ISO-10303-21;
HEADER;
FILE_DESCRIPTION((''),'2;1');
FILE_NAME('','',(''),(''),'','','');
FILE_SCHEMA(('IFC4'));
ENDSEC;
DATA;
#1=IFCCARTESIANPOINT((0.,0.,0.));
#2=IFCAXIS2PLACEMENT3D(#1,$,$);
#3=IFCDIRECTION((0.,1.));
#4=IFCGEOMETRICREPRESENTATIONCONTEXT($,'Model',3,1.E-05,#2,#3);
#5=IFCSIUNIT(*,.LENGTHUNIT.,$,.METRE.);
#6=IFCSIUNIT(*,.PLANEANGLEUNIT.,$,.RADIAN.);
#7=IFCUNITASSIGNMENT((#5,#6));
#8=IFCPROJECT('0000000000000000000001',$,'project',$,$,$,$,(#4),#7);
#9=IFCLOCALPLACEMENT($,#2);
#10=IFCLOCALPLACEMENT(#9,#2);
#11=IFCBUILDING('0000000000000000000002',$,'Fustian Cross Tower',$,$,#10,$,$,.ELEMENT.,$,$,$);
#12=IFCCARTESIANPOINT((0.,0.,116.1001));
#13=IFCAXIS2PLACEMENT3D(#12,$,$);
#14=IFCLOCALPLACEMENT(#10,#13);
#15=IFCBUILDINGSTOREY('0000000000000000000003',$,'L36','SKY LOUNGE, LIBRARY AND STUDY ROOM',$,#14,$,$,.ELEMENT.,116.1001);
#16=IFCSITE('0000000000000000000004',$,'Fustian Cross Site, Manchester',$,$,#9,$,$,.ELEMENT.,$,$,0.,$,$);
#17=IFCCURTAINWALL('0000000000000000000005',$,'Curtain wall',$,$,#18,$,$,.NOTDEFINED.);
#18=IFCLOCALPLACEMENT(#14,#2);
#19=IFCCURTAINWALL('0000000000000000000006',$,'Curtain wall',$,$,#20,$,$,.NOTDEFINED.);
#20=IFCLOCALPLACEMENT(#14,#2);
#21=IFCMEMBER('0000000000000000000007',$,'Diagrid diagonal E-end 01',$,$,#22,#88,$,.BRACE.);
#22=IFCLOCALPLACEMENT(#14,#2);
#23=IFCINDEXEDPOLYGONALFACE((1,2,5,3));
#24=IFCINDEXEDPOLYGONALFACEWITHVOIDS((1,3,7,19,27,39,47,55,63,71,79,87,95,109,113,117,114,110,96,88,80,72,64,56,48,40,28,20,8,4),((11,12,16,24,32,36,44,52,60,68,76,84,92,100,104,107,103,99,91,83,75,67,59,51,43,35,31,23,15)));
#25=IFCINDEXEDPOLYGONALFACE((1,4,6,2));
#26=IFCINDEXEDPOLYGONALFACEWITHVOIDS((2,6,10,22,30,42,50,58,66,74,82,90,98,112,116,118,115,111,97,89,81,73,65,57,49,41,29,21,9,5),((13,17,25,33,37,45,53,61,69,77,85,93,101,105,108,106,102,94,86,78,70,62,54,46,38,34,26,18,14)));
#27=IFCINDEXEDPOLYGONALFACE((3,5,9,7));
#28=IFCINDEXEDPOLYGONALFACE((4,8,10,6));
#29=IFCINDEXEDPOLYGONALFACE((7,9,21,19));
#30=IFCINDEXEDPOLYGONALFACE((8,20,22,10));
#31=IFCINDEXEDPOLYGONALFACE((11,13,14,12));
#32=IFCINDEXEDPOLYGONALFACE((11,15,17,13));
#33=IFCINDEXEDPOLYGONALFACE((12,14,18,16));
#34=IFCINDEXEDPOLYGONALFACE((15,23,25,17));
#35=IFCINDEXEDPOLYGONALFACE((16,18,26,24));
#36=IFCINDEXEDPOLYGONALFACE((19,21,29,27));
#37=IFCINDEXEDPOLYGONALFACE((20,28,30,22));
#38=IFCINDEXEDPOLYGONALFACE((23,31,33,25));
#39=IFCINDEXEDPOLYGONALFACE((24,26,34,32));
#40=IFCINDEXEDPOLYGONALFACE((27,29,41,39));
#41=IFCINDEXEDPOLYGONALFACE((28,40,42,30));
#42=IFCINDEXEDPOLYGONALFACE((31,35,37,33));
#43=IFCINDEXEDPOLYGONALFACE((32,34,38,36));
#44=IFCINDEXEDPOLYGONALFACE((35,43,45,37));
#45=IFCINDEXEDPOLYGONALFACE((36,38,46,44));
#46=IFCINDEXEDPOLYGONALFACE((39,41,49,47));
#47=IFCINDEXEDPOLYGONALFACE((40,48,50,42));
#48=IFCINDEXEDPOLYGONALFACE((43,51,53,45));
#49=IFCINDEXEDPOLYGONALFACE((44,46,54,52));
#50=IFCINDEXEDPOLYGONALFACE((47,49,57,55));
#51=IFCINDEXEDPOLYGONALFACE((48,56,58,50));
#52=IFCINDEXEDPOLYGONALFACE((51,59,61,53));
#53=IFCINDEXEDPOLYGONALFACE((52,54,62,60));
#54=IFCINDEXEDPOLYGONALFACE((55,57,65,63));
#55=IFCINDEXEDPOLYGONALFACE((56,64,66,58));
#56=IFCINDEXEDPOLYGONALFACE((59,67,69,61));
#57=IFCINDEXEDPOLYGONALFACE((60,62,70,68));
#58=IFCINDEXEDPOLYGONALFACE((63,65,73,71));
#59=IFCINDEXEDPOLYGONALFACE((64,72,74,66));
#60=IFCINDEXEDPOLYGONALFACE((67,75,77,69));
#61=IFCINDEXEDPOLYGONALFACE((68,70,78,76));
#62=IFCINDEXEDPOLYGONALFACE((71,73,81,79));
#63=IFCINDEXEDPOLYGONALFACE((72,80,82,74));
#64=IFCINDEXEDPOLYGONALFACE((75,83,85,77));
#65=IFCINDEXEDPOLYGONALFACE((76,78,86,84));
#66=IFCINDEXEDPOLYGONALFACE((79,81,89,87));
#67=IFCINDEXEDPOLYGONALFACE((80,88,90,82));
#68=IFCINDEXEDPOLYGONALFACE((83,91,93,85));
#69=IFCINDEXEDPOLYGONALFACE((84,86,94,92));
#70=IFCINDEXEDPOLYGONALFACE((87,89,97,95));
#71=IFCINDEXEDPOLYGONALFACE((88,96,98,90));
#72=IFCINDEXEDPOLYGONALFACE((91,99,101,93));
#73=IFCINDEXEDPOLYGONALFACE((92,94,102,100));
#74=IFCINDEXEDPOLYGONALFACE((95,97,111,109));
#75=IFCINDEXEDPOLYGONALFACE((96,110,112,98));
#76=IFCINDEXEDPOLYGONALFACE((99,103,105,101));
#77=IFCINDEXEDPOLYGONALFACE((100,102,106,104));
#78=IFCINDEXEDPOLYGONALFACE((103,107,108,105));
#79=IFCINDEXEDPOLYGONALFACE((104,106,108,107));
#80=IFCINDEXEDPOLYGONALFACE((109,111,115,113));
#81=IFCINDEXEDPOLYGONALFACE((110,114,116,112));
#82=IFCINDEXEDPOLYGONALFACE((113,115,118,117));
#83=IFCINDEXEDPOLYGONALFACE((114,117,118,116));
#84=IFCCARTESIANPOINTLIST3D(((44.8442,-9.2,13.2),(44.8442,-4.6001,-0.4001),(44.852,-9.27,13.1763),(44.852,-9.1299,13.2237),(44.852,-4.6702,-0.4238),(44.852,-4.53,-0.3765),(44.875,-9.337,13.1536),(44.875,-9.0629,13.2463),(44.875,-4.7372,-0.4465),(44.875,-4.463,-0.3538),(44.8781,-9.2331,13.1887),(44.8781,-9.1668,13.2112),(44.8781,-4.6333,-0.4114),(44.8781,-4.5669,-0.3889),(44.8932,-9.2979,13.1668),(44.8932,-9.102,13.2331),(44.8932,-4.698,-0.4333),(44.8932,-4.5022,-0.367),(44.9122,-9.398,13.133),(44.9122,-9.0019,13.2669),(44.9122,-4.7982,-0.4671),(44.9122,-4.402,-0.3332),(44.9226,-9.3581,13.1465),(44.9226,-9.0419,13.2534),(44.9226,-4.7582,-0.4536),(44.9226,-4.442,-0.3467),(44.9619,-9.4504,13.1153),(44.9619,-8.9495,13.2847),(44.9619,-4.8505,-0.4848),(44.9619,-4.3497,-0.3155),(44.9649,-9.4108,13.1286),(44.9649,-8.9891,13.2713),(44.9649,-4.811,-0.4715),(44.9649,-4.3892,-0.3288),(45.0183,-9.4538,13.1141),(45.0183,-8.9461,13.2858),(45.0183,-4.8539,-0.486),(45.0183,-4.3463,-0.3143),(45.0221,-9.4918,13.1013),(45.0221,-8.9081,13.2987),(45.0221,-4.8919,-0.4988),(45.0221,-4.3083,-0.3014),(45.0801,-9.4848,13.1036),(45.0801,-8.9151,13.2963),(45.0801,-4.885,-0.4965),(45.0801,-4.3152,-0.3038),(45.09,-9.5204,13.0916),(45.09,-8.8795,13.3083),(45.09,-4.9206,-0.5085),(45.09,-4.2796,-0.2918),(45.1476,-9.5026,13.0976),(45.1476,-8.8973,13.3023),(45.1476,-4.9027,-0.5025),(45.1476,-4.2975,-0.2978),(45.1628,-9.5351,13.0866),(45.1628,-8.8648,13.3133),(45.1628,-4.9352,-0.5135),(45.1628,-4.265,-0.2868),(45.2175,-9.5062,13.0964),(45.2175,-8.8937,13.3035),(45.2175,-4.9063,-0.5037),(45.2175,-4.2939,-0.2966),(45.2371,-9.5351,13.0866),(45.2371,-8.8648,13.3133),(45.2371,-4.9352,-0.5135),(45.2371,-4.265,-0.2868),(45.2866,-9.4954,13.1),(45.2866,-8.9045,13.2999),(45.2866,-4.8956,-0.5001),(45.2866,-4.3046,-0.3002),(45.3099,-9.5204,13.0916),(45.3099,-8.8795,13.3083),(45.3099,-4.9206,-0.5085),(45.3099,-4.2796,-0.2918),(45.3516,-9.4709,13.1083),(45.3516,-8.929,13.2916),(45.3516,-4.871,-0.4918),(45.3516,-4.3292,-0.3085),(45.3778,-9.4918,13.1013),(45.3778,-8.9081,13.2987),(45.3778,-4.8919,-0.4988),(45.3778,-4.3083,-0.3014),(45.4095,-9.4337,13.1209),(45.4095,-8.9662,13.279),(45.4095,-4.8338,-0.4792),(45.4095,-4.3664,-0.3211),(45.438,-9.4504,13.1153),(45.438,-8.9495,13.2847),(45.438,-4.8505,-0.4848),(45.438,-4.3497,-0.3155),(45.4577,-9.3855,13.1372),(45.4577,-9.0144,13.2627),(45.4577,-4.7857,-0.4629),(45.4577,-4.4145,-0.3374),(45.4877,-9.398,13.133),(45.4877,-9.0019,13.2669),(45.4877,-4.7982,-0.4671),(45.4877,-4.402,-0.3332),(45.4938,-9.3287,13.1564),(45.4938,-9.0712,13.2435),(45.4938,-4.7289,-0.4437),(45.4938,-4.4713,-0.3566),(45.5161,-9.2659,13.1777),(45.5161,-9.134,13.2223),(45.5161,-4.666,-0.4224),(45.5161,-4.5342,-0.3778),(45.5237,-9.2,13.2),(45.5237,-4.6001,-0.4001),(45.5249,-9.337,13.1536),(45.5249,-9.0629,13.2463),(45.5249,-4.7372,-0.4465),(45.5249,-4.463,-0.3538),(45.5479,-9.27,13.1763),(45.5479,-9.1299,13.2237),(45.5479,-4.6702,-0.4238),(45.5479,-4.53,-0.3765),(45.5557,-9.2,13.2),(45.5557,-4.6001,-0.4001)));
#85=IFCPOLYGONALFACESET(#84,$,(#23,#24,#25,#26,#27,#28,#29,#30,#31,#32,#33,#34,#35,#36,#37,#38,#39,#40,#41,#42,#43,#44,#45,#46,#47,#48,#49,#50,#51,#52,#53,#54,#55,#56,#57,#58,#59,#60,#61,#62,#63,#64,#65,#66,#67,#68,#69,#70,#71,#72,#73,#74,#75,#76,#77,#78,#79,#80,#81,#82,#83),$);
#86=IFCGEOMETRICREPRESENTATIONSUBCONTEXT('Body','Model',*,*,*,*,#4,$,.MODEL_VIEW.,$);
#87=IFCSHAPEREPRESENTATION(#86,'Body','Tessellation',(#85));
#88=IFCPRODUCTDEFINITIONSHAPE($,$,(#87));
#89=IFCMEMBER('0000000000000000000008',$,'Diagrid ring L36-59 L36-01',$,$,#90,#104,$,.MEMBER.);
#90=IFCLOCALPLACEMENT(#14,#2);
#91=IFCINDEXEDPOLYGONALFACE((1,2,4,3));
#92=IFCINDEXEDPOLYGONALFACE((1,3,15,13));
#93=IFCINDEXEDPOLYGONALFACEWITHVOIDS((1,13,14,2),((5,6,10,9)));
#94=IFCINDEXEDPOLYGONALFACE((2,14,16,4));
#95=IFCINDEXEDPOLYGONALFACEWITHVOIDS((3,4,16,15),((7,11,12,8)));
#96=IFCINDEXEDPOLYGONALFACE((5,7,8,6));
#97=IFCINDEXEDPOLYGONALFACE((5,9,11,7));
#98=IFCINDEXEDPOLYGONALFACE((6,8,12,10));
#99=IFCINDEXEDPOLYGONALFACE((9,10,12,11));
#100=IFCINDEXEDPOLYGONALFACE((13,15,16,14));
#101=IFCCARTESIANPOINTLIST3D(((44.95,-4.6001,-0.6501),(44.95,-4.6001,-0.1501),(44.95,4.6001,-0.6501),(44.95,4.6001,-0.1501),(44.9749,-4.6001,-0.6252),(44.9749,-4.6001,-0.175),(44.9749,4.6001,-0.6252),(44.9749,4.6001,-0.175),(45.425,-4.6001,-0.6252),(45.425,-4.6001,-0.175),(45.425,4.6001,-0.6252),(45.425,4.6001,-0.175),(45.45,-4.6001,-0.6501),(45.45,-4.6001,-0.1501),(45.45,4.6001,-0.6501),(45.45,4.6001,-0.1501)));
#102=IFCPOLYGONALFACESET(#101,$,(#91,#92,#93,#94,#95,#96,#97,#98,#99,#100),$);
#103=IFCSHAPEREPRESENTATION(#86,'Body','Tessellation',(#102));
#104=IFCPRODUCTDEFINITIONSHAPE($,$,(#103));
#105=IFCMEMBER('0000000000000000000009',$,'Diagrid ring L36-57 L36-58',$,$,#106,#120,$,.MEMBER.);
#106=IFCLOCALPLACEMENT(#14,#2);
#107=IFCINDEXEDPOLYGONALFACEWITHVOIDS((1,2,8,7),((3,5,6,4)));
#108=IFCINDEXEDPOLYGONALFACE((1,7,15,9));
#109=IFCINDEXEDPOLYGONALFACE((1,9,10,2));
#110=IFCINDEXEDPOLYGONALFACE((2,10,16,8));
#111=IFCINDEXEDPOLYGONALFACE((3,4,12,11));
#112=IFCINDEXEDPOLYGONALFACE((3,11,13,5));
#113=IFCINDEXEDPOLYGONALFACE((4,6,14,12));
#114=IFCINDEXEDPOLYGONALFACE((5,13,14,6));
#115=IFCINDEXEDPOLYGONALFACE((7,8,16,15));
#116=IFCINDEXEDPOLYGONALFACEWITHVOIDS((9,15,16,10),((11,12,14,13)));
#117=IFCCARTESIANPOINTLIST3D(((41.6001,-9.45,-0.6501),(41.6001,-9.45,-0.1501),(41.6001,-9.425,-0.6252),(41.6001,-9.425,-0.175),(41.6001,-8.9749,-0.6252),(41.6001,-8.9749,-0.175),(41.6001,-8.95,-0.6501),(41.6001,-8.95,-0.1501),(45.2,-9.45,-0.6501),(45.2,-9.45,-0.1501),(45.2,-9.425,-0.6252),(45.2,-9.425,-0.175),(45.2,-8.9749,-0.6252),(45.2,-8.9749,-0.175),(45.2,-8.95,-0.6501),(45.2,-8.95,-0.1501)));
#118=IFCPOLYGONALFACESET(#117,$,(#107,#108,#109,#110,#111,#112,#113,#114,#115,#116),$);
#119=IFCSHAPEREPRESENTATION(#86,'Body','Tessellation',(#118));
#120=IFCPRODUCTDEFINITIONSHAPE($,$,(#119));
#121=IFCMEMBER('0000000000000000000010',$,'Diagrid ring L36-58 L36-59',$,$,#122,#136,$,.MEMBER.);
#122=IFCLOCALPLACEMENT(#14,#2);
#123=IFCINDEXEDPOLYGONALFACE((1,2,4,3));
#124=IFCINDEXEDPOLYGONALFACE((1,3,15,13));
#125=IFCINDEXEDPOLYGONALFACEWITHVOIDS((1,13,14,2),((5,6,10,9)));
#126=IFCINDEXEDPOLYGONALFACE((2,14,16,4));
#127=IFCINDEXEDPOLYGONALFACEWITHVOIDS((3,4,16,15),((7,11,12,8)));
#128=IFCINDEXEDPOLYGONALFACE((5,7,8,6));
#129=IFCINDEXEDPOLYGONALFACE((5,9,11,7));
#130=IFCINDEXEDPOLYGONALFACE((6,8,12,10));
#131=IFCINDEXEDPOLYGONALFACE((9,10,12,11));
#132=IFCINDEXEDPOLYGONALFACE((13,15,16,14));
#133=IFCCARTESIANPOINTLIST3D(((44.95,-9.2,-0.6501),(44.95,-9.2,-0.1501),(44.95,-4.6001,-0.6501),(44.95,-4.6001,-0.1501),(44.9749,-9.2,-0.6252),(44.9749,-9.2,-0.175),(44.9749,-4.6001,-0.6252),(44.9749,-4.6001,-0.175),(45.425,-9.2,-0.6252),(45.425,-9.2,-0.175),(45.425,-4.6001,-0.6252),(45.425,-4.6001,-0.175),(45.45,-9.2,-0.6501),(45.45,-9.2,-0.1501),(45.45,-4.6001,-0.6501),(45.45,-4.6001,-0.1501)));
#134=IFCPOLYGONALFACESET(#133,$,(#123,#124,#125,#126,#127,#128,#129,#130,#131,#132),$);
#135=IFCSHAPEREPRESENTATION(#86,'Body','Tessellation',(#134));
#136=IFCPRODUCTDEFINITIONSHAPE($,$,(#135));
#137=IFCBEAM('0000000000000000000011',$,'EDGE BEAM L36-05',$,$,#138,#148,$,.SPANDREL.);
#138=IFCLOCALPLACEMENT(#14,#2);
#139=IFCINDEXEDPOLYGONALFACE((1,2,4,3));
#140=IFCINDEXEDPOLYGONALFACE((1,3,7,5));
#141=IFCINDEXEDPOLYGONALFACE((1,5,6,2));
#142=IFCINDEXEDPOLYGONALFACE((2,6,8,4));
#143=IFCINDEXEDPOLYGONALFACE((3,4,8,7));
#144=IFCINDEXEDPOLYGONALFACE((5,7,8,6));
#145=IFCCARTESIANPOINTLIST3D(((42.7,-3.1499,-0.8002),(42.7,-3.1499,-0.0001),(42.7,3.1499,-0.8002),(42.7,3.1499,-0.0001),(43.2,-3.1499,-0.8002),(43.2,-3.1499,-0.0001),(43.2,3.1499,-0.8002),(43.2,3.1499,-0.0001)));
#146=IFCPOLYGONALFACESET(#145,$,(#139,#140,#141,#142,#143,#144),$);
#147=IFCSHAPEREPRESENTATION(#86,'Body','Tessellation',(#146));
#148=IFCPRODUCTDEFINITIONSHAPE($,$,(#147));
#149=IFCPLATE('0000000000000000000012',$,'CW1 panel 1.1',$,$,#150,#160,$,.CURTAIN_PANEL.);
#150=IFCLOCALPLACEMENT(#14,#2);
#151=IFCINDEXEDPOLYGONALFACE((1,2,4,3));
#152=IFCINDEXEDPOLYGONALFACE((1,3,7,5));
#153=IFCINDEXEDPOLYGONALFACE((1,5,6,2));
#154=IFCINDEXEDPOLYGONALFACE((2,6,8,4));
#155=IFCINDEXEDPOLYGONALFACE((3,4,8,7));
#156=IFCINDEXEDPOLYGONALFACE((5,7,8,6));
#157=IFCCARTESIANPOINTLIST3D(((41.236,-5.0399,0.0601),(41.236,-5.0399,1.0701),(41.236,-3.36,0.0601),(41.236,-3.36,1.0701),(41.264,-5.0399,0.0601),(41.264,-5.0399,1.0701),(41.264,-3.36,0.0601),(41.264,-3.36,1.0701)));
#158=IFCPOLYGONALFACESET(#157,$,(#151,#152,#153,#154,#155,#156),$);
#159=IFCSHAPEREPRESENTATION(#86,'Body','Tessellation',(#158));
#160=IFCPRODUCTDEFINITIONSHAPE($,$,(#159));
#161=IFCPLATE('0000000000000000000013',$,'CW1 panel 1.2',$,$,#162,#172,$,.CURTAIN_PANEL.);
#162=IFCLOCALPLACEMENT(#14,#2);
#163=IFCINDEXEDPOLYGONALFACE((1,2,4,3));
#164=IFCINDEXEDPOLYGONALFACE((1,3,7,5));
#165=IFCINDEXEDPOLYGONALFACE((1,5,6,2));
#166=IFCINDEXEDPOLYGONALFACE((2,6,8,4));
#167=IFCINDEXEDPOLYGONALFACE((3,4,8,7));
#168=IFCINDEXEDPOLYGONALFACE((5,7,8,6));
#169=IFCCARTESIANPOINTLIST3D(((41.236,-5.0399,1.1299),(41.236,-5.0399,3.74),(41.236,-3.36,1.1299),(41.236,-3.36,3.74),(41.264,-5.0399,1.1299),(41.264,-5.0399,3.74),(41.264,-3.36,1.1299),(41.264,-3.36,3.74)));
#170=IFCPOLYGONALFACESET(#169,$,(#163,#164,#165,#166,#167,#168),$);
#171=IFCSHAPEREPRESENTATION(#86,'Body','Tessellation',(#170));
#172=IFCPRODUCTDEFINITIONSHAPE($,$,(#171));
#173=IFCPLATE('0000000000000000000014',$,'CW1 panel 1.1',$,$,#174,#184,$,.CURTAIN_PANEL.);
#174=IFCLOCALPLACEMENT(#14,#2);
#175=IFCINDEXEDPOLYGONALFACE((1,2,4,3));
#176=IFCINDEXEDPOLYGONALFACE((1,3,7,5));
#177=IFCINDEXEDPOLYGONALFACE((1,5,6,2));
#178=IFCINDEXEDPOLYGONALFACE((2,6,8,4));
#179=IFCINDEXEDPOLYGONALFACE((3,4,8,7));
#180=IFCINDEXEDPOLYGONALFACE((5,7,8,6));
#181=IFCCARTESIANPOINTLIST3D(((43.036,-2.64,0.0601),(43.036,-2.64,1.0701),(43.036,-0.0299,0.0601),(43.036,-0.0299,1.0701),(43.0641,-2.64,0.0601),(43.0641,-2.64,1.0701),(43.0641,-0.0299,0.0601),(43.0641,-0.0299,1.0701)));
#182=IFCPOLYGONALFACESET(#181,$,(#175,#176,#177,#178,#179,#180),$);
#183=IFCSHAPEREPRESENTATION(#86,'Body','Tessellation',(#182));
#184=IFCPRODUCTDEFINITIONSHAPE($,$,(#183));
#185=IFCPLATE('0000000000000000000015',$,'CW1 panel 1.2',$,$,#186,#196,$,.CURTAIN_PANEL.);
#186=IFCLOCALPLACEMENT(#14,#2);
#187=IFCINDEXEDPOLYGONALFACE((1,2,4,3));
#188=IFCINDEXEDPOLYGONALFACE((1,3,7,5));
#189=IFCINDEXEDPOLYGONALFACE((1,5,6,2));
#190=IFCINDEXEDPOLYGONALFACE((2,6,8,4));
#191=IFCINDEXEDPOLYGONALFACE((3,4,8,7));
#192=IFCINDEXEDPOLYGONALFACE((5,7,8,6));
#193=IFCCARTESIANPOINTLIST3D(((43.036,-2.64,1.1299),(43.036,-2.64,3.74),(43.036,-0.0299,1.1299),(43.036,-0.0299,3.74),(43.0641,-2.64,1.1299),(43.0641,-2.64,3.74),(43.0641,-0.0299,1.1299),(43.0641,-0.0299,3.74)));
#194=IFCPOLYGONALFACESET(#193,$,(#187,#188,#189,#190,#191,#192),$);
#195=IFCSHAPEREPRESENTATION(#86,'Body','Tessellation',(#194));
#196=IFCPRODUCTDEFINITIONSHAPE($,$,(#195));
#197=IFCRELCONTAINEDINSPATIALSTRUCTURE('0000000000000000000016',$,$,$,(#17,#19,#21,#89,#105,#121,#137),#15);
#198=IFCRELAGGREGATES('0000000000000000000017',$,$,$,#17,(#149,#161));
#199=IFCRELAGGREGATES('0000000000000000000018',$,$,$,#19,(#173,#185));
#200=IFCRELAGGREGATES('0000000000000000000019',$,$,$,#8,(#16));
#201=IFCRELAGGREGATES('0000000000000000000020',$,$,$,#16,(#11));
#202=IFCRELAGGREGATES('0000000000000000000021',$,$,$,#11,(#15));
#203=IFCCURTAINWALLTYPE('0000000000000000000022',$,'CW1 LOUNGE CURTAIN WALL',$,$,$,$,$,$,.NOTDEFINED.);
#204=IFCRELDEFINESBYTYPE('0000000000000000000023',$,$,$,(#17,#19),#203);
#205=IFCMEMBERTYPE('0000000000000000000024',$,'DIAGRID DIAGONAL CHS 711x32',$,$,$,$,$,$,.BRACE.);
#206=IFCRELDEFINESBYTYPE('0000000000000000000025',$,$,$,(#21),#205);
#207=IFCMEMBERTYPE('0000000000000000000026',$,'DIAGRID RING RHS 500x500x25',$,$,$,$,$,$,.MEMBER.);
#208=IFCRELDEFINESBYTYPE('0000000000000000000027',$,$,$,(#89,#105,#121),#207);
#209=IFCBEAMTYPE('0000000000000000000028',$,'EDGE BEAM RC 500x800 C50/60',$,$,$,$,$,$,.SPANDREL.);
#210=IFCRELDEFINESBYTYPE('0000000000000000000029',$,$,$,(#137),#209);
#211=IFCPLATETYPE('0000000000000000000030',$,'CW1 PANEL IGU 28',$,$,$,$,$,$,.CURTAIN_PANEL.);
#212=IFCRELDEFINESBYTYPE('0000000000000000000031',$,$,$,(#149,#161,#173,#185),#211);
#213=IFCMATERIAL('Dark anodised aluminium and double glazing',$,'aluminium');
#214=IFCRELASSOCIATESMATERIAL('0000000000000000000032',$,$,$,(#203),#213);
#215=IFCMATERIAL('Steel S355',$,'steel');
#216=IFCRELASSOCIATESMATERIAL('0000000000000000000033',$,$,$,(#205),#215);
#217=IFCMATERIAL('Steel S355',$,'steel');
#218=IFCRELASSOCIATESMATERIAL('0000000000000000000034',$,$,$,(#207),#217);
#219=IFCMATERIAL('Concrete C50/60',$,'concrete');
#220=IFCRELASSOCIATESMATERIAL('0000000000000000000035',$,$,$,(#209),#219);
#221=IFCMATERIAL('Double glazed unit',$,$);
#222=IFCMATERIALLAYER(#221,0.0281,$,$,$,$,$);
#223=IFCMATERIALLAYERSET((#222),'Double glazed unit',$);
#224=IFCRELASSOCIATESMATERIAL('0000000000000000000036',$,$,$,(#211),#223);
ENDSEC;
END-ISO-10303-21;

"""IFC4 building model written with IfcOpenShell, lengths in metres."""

from ifc_helpers import new_model, si_unit, direction, frame, origin, origin_2d, place, context, subcontext, project, spatial, rectangle, hollow_rectangle, hollow_circle, extrude, material, layer, layer_set, material_profile, profile_set, type_object, element, aggregate, save


model = new_model("IFC4")

# Units and contexts
model_context = context("Model", 3, precision=1e-05, world=origin(), true_north=direction((0.0, 1.0)))
body_context = subcontext(model_context, "Body", "Model", "MODEL_VIEW")
ifc_project = project(units=[si_unit("LENGTHUNIT", "METRE"), si_unit("PLANEANGLEUNIT", "RADIAN")], contexts=[model_context])

# Site, building, storey
site_placement = place(None, origin())
site = spatial("IfcSite", under=ifc_project, at=site_placement, Name="Fustian Cross Site, Manchester", CompositionType="ELEMENT", RefElevation=0.0)
building_placement = place(site_placement, origin())
building = spatial("IfcBuilding", under=site, at=building_placement, Name="Fustian Cross Tower", CompositionType="ELEMENT")
storey_placement = place(building_placement, frame((0.0, 0.0, 116.1001)))
storey = spatial("IfcBuildingStorey", under=building, at=storey_placement, Name="L36", Description="SKY LOUNGE, LIBRARY AND STUDY ROOM", CompositionType="ELEMENT", Elevation=116.1001)

# Curtain wall
ifc_material_1 = material(Name="Dark anodised aluminium and double glazing", Category="aluminium")
curtain_wall_type = type_object("IfcCurtainWallType", Name="CW1 LOUNGE CURTAIN WALL", PredefinedType="NOTDEFINED", material=ifc_material_1)
curtain_wall_1_placement = place(storey_placement, origin())
curtain_wall_1 = element("IfcCurtainWall", 1, at=curtain_wall_1_placement, inside=storey, type_object=curtain_wall_type, Name="Curtain wall", PredefinedType="NOTDEFINED")

# Curtain wall
curtain_wall_2_placement = place(storey_placement, origin())
curtain_wall_2 = element("IfcCurtainWall", 2, at=curtain_wall_2_placement, inside=storey, type_object=curtain_wall_type, Name="Curtain wall", PredefinedType="NOTDEFINED")

# Members
ifc_material_2 = material(Name="Steel S355", Category="steel")
ifc_material_profile_1 = material_profile(ifc_material_2, hollow_circle(Radius=0.3557, WallThickness=0.032, at=origin_2d()), Name="CHS 711x32")
ifc_profile_set_1 = profile_set([ifc_material_profile_1], Name="Steel S355")
member_type_1 = type_object("IfcMemberType", Name="DIAGRID DIAGONAL CHS 711x32", PredefinedType="BRACE", material=ifc_profile_set_1)
member_1_placement = place(storey_placement, frame((45.2, -4.6001, -0.4001), z_axis=(0.0, -0.320393, 0.947285), x_axis=(1.0, 0.0, 0.0)))
element("IfcMember", 3, at=member_1_placement, inside=storey, type_object=member_type_1, Name="Diagrid diagonal E-end 01", PredefinedType="BRACE", context=body_context, shape_type="SweptSolid", body=[
    extrude(hollow_circle(Radius=0.3557, WallThickness=0.032, at=origin_2d()), origin(), (0.0, 0.0, 1.0), 14.3569),
])
ifc_material_3 = material(Name="Steel S355", Category="steel")
ifc_material_profile_2 = material_profile(ifc_material_3, hollow_rectangle(XDim=0.5, YDim=0.5, WallThickness=0.0249, at=origin_2d()), Name="RHS 500x500x25")
ifc_profile_set_2 = profile_set([ifc_material_profile_2], Name="Steel S355")
member_type_2 = type_object("IfcMemberType", Name="DIAGRID RING RHS 500x500x25", PredefinedType="MEMBER", material=ifc_profile_set_2)
member_2_placement = place(storey_placement, frame((45.2, -4.6001, -0.4001), z_axis=(0.0, 1.0, 0.0), x_axis=(-1.0, 0.0, 0.0)))
element("IfcMember", 4, at=member_2_placement, inside=storey, type_object=member_type_2, Name="Diagrid ring L36-59 L36-01", PredefinedType="MEMBER", context=body_context, shape_type="SweptSolid", body=[
    extrude(hollow_rectangle(XDim=0.5, YDim=0.5, WallThickness=0.0249, at=origin_2d()), origin(), (0.0, 0.0, 1.0), 9.2002),
])
member_3_placement = place(storey_placement, frame((41.6001, -9.2, -0.4001), z_axis=(1.0, 0.0, 0.0), x_axis=(0.0, 1.0, 0.0)))
element("IfcMember", 5, at=member_3_placement, inside=storey, type_object=member_type_2, Name="Diagrid ring L36-57 L36-58", PredefinedType="MEMBER", context=body_context, shape_type="SweptSolid", body=[
    extrude(hollow_rectangle(XDim=0.5, YDim=0.5, WallThickness=0.0249, at=origin_2d()), origin(), (0.0, 0.0, 1.0), 3.5999),
])
member_4_placement = place(storey_placement, frame((45.2, -9.2, -0.4001), z_axis=(0.0, 1.0, 0.0), x_axis=(-1.0, 0.0, 0.0)))
element("IfcMember", 6, at=member_4_placement, inside=storey, type_object=member_type_2, Name="Diagrid ring L36-58 L36-59", PredefinedType="MEMBER", context=body_context, shape_type="SweptSolid", body=[
    extrude(hollow_rectangle(XDim=0.5, YDim=0.5, WallThickness=0.0249, at=origin_2d()), origin(), (0.0, 0.0, 1.0), 4.5999),
])

# Beam
ifc_material_4 = material(Name="Concrete C50/60", Category="concrete")
ifc_material_profile_3 = material_profile(ifc_material_4, rectangle(XDim=0.5, YDim=0.8, at=origin_2d()), Name="RC 500x800")
ifc_profile_set_3 = profile_set([ifc_material_profile_3], Name="Concrete C50/60")
beam_type = type_object("IfcBeamType", Name="EDGE BEAM RC 500x800 C50/60", PredefinedType="SPANDREL", material=ifc_profile_set_3)
beam_placement = place(storey_placement, frame((42.95, -3.1499, -0.4001), z_axis=(0.0, 1.0, 0.0), x_axis=(-1.0, 0.0, 0.0)))
element("IfcBeam", 7, at=beam_placement, inside=storey, type_object=beam_type, Name="EDGE BEAM L36-05", PredefinedType="SPANDREL", context=body_context, shape_type="SweptSolid", body=[
    extrude(rectangle(XDim=0.5, YDim=0.8, at=origin_2d()), origin(), (0.0, 0.0, 1.0), 6.2998),
])

# Plates
ifc_material_5 = material(Name="Double glazed unit")
ifc_layer_1 = layer(ifc_material_5, 0.0281)
ifc_layer_set_1 = layer_set([ifc_layer_1], Name="Double glazed unit")
plate_type = type_object("IfcPlateType", Name="CW1 PANEL IGU 28", PredefinedType="CURTAIN_PANEL", material=ifc_layer_set_1)
plate_1_placement = place(storey_placement, frame((41.25, -4.2, 0.0601), z_axis=(0.0, 0.0, 1.0), x_axis=(0.0, 1.0, 0.0)))
plate_1 = element("IfcPlate", 8, at=plate_1_placement, type_object=plate_type, Name="CW1 panel 1.1", PredefinedType="CURTAIN_PANEL", context=body_context, shape_type="SweptSolid", body=[
    extrude(rectangle(XDim=1.6799, YDim=0.0281, at=origin_2d()), origin(), (0.0, 0.0, 1.0), 1.01),
])
plate_2_placement = place(storey_placement, frame((41.25, -4.2, 1.1299), z_axis=(0.0, 0.0, 1.0), x_axis=(0.0, 1.0, 0.0)))
plate_2 = element("IfcPlate", 9, at=plate_2_placement, type_object=plate_type, Name="CW1 panel 1.2", PredefinedType="CURTAIN_PANEL", context=body_context, shape_type="SweptSolid", body=[
    extrude(rectangle(XDim=1.6799, YDim=0.0281, at=origin_2d()), origin(), (0.0, 0.0, 1.0), 2.6101),
])
aggregate(curtain_wall_1, [plate_1, plate_2])
plate_3_placement = place(storey_placement, frame((43.05, -1.335, 0.0601), z_axis=(0.0, 0.0, 1.0), x_axis=(0.0, 1.0, 0.0)))
plate_3 = element("IfcPlate", 10, at=plate_3_placement, type_object=plate_type, Name="CW1 panel 1.1", PredefinedType="CURTAIN_PANEL", context=body_context, shape_type="SweptSolid", body=[
    extrude(rectangle(XDim=2.6101, YDim=0.0281, at=origin_2d()), origin(), (0.0, 0.0, 1.0), 1.01),
])
plate_4_placement = place(storey_placement, frame((43.05, -1.335, 1.1299), z_axis=(0.0, 0.0, 1.0), x_axis=(0.0, 1.0, 0.0)))
plate_4 = element("IfcPlate", 11, at=plate_4_placement, type_object=plate_type, Name="CW1 panel 1.2", PredefinedType="CURTAIN_PANEL", context=body_context, shape_type="SweptSolid", body=[
    extrude(rectangle(XDim=2.6101, YDim=0.0281, at=origin_2d()), origin(), (0.0, 0.0, 1.0), 2.6101),
])
aggregate(curtain_wall_2, [plate_3, plate_4])

save(model, "model.ifc")
